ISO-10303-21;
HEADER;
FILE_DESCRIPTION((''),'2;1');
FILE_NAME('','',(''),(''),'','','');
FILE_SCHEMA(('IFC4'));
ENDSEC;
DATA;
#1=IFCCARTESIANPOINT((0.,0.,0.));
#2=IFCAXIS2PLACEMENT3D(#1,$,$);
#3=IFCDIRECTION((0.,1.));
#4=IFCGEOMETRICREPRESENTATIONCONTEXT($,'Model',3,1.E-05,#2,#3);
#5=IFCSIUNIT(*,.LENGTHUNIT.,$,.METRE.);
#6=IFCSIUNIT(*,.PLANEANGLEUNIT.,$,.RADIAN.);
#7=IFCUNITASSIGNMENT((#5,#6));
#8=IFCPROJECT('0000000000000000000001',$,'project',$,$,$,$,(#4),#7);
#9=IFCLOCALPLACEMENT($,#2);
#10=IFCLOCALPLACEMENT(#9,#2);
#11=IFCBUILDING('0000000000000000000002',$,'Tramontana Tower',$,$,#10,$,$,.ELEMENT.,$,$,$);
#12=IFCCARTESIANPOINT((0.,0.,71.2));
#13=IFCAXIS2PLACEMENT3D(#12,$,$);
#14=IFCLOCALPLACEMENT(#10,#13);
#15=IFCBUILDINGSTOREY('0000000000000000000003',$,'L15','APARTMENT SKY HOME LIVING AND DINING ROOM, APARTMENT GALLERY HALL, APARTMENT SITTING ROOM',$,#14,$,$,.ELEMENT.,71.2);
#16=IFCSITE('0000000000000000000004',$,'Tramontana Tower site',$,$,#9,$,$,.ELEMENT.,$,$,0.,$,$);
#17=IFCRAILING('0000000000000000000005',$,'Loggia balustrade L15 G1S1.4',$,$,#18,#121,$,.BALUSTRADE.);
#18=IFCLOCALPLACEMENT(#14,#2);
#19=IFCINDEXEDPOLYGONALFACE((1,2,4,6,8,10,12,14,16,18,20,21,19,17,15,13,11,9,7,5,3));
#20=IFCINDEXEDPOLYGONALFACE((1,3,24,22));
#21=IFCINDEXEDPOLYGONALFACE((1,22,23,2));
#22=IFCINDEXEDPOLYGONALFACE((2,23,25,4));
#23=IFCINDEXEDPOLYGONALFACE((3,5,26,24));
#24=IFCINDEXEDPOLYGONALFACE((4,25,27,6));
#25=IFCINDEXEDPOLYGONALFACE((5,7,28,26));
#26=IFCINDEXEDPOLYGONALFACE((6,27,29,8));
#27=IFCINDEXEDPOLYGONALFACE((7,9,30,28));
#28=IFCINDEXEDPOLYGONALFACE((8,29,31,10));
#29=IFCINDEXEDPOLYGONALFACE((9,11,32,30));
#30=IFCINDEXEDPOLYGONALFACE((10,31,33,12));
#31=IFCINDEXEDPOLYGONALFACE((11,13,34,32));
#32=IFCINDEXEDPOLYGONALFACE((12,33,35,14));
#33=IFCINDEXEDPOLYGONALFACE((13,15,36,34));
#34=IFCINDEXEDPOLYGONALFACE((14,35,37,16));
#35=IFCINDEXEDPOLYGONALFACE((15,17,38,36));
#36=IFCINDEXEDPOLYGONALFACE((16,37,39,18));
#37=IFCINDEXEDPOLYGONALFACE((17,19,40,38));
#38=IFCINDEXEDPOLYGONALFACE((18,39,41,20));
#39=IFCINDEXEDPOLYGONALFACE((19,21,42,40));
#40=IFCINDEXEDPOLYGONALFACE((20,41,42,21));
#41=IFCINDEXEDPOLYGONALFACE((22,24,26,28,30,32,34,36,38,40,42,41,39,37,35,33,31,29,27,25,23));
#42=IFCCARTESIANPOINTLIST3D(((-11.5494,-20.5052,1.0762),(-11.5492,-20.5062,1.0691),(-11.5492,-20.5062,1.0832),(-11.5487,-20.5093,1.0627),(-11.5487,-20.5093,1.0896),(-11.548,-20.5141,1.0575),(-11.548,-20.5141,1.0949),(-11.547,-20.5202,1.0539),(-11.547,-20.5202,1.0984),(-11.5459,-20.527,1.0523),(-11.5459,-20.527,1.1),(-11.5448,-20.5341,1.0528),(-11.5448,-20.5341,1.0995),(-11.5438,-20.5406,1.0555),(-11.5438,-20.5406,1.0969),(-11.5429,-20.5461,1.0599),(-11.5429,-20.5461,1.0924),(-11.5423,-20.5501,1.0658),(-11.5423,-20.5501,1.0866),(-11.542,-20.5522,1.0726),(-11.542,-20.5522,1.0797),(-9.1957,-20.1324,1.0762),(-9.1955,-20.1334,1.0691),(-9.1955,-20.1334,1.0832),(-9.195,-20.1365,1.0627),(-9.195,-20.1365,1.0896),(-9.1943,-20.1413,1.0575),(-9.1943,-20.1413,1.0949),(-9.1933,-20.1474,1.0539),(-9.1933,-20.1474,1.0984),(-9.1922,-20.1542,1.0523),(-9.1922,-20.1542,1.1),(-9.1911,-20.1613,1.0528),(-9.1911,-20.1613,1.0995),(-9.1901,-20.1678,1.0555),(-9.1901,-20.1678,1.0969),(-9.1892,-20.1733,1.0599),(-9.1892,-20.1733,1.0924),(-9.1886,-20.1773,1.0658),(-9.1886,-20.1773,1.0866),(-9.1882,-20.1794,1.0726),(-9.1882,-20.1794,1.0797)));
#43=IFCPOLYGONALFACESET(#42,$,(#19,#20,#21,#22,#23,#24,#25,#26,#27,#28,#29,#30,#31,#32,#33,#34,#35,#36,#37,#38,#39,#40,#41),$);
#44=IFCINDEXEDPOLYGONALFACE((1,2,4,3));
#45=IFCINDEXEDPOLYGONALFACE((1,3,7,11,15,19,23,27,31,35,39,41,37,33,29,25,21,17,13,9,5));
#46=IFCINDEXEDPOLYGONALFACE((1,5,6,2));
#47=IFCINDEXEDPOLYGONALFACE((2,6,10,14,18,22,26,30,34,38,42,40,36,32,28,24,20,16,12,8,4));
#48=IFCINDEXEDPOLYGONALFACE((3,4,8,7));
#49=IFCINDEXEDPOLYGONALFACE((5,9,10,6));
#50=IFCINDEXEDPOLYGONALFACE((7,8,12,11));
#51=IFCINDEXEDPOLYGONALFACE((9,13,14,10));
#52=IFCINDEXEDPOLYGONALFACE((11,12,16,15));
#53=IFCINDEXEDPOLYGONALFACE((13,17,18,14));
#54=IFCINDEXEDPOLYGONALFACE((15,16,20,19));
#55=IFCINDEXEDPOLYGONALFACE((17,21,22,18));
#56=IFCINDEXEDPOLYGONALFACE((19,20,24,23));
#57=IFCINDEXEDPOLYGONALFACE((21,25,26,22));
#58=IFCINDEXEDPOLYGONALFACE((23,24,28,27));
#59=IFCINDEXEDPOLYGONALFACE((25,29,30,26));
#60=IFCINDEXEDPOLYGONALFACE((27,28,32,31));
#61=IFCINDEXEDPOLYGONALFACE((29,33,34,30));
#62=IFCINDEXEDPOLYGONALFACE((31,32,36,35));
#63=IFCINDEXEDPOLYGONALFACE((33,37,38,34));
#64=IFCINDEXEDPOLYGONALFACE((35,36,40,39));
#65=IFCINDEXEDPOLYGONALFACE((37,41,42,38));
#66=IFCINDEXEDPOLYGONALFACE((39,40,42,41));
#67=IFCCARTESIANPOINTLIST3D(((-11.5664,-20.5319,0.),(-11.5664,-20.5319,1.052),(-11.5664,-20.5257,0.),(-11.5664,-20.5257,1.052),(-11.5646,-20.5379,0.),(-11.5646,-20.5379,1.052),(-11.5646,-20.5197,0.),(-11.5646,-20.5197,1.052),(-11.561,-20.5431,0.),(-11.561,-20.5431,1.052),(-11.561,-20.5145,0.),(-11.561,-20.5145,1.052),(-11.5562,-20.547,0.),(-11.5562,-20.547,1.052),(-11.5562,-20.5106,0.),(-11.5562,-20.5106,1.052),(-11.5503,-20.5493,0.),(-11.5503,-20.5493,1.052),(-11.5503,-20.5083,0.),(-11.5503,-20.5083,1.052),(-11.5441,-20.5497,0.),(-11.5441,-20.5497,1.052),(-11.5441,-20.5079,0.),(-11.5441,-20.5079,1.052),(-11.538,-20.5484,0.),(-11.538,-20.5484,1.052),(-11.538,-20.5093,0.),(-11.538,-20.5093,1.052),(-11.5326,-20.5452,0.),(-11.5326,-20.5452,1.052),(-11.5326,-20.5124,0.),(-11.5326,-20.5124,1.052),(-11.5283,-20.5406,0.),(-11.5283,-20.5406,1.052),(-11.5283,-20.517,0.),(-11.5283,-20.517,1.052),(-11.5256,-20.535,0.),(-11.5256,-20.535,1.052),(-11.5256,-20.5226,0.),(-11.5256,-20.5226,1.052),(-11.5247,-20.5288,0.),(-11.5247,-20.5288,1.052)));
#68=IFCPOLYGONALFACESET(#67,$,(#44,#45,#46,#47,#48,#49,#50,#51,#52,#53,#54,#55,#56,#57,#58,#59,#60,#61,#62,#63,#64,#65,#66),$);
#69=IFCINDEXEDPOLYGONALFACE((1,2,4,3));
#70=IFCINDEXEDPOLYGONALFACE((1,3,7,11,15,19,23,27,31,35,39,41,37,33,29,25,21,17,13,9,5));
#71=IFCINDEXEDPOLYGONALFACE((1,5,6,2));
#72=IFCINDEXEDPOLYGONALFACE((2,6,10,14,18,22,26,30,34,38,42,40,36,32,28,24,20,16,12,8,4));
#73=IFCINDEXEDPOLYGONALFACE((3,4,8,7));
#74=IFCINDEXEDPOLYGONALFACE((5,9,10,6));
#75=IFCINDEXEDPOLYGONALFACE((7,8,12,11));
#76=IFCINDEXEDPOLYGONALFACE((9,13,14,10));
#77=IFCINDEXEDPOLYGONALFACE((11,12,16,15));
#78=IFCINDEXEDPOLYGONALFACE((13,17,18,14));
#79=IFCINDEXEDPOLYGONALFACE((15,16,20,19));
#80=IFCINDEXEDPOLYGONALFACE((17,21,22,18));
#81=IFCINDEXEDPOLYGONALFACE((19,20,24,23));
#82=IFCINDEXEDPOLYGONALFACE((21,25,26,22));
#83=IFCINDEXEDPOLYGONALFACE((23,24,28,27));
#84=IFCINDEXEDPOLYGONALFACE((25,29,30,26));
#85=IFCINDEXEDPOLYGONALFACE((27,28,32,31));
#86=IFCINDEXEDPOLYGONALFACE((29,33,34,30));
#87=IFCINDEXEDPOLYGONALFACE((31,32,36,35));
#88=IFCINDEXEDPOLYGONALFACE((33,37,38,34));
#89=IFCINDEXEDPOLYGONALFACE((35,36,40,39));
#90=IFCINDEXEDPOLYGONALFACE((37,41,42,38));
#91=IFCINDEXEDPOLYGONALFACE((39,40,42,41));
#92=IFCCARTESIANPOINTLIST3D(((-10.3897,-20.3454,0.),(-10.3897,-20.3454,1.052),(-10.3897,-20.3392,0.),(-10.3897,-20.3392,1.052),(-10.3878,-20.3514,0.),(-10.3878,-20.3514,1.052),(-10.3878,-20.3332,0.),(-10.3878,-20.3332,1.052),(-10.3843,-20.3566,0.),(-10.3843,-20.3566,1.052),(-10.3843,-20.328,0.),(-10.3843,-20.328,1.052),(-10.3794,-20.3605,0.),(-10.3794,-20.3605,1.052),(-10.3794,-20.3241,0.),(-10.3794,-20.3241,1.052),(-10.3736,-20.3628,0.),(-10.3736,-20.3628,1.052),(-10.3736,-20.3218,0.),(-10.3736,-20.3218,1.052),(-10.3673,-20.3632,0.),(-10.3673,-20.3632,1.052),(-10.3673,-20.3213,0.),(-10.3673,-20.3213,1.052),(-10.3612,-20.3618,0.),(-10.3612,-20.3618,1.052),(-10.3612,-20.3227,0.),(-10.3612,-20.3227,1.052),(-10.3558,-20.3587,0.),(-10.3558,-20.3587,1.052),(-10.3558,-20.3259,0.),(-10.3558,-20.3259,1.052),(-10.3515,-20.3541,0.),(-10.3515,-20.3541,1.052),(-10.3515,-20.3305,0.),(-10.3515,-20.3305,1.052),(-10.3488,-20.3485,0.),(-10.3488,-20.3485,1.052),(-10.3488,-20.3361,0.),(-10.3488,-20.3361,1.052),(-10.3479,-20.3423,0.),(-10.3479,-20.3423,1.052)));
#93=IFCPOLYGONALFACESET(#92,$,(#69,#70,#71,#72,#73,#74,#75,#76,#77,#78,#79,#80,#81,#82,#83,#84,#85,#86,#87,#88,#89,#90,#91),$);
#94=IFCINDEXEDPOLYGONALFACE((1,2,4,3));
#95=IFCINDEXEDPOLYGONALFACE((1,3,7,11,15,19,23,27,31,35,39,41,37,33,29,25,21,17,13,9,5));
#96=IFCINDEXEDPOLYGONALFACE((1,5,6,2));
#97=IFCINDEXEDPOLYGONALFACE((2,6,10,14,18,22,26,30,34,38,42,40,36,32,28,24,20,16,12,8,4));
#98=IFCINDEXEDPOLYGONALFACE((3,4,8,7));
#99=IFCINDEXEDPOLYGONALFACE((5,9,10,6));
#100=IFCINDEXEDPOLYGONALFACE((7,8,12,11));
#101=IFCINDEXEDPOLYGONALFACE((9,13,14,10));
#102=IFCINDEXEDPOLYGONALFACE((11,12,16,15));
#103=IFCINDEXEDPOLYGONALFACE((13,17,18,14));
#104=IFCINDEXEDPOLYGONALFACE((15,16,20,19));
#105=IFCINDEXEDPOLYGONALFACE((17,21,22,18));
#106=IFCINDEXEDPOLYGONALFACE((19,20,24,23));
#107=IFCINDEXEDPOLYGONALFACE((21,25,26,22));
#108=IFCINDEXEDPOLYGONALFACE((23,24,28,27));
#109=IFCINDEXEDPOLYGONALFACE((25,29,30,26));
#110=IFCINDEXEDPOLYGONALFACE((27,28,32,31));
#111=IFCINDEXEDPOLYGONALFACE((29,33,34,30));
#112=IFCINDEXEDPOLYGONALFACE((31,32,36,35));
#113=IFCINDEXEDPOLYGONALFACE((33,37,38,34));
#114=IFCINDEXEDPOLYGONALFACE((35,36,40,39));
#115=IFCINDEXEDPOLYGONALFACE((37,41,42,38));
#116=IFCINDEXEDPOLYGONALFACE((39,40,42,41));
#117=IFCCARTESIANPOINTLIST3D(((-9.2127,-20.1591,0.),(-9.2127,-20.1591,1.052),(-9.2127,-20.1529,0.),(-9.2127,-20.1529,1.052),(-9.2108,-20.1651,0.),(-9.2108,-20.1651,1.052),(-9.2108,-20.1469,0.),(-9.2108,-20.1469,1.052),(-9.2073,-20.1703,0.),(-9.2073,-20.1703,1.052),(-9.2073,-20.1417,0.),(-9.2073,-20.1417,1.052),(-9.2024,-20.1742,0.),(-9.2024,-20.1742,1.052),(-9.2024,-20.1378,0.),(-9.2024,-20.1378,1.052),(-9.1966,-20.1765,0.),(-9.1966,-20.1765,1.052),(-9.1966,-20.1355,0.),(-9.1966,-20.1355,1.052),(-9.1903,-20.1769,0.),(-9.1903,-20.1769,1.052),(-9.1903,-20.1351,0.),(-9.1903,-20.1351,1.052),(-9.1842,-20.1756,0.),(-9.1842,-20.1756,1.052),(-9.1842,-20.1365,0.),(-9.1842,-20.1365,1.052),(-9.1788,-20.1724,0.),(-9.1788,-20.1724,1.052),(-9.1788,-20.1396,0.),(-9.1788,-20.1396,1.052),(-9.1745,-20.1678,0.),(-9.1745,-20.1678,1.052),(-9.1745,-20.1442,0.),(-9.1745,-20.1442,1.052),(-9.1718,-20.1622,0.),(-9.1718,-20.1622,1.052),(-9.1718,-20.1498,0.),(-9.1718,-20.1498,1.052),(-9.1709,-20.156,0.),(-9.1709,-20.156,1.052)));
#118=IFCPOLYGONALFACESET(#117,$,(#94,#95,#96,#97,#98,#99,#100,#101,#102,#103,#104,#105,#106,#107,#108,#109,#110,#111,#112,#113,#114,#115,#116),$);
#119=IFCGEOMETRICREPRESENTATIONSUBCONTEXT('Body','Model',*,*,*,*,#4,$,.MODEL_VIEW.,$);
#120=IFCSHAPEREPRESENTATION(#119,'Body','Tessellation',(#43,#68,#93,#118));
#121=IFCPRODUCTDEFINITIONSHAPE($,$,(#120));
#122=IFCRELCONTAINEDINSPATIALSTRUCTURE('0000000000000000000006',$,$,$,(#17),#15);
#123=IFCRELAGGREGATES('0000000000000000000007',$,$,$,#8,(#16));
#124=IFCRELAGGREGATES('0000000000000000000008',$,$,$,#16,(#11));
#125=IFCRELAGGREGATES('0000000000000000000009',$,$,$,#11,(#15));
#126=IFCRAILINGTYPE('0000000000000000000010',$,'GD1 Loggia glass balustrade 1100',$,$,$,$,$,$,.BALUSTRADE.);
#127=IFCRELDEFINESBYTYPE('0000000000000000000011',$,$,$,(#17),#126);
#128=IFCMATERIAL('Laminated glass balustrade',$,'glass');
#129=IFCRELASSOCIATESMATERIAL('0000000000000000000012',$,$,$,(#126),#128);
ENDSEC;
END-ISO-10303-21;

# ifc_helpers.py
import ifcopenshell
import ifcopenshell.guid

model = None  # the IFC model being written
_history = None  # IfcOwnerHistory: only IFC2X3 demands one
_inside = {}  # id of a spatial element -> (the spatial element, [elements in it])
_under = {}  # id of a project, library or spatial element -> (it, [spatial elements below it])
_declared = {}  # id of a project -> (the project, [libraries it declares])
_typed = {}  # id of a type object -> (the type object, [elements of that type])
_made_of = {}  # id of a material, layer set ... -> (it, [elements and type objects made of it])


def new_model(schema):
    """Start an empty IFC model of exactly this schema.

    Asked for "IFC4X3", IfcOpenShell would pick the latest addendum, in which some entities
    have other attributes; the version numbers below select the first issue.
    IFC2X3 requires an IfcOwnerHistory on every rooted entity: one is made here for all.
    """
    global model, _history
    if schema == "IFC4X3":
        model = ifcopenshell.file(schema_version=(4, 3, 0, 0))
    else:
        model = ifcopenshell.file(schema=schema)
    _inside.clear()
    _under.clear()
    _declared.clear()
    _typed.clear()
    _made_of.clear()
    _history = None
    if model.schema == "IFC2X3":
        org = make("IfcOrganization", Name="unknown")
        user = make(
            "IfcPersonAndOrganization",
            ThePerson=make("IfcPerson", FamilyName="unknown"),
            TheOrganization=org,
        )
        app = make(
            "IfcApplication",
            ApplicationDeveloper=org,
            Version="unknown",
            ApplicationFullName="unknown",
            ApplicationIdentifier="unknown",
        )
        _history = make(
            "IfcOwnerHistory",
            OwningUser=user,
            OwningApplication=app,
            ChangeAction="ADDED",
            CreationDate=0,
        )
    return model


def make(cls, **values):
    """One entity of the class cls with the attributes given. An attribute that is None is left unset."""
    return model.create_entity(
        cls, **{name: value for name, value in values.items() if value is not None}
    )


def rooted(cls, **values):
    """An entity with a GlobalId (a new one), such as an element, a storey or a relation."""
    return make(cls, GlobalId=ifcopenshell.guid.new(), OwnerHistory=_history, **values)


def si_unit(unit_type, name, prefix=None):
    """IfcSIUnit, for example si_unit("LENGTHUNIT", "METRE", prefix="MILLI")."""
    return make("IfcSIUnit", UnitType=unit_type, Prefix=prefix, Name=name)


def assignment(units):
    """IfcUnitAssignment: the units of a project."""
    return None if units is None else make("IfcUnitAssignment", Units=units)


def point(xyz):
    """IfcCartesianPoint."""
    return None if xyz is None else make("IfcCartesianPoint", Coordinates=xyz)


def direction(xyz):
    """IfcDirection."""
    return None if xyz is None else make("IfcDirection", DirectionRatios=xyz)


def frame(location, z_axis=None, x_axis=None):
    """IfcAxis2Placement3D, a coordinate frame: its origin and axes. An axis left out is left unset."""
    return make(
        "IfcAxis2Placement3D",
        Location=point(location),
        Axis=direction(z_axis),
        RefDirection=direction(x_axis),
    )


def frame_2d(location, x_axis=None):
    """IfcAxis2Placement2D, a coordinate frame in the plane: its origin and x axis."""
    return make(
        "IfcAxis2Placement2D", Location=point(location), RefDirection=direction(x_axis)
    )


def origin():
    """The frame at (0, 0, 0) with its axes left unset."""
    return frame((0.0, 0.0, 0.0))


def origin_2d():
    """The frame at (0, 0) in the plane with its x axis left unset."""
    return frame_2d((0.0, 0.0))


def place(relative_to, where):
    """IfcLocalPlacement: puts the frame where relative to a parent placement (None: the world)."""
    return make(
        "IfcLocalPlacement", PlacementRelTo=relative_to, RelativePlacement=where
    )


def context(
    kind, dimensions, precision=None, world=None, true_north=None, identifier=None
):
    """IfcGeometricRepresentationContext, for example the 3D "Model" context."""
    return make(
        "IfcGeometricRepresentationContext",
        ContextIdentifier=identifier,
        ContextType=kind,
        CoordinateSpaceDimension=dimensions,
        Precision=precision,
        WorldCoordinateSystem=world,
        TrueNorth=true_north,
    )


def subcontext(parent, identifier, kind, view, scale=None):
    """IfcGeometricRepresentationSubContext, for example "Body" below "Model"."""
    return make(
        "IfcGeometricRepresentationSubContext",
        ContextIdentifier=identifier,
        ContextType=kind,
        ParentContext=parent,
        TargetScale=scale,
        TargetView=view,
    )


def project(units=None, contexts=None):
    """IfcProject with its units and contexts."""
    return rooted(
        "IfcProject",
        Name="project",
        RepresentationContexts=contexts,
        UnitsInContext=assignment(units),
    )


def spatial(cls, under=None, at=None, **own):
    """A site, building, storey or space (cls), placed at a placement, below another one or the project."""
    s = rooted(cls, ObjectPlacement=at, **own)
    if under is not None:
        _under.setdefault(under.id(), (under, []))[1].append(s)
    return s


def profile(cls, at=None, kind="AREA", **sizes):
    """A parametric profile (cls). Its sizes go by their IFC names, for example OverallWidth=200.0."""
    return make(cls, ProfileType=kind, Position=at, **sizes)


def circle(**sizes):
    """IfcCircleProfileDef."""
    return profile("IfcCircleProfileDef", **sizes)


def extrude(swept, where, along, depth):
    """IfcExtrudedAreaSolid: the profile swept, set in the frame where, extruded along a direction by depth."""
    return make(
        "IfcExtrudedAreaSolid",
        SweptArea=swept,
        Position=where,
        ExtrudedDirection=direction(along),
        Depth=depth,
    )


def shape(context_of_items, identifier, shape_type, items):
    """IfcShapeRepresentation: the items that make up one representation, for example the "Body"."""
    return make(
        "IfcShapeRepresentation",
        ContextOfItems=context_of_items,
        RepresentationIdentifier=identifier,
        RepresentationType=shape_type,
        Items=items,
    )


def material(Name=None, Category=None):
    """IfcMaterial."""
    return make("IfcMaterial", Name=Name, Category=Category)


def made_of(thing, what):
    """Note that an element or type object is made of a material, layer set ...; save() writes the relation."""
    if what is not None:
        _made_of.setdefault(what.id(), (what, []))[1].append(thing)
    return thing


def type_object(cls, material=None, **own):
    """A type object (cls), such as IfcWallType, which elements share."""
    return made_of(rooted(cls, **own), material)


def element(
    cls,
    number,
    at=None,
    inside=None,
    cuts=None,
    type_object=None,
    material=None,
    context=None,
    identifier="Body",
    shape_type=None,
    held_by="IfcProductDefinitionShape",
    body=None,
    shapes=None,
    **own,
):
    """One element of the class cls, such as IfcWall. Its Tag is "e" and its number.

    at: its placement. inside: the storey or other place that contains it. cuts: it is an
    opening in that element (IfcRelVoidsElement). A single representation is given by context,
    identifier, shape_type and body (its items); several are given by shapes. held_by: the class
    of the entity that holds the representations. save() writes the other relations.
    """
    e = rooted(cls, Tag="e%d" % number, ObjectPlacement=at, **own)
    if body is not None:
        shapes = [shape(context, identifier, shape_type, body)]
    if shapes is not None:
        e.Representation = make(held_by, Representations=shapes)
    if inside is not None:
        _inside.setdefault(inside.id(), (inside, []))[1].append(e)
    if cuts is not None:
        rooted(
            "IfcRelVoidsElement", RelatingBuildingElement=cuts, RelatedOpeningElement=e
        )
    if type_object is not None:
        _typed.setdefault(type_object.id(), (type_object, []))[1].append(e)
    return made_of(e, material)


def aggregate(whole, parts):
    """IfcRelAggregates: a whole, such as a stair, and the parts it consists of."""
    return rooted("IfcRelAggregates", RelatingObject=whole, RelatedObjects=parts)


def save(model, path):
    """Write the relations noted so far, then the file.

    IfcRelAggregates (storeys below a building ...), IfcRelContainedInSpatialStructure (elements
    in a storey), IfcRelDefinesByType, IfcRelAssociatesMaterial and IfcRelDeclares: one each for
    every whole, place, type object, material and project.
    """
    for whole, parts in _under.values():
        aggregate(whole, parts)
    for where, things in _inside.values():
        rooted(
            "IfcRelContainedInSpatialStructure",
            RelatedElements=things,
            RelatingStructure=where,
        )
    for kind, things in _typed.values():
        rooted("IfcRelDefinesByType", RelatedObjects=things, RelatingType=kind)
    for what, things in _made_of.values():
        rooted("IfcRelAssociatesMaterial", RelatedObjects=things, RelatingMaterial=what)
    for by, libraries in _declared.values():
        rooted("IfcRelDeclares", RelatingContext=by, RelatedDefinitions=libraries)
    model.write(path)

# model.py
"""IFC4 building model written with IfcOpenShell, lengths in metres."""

from ifc_helpers import new_model, si_unit, direction, frame, origin, origin_2d, place, context, subcontext, project, spatial, circle, extrude, material, type_object, element, save


model = new_model("IFC4")

# Units and contexts
model_context = context("Model", 3, precision=1e-05, world=origin(), true_north=direction((0.0, 1.0)))
body_context = subcontext(model_context, "Body", "Model", "MODEL_VIEW")
ifc_project = project(units=[si_unit("LENGTHUNIT", "METRE"), si_unit("PLANEANGLEUNIT", "RADIAN")], contexts=[model_context])

# Site, building, storey
site_placement = place(None, origin())
site = spatial("IfcSite", under=ifc_project, at=site_placement, Name="Tramontana Tower site", CompositionType="ELEMENT", RefElevation=0.0)
building_placement = place(site_placement, origin())
building = spatial("IfcBuilding", under=site, at=building_placement, Name="Tramontana Tower", CompositionType="ELEMENT")
storey_placement = place(building_placement, frame((0.0, 0.0, 71.2)))
storey = spatial("IfcBuildingStorey", under=building, at=storey_placement, Name="L15", Description="APARTMENT SKY HOME LIVING AND DINING ROOM, APARTMENT GALLERY HALL, APARTMENT SITTING ROOM", CompositionType="ELEMENT", Elevation=71.2)

# Railing
ifc_material_1 = material(Name="Laminated glass balustrade", Category="glass")
railing_type = type_object("IfcRailingType", Name="GD1 Loggia glass balustrade 1100", PredefinedType="BALUSTRADE", material=ifc_material_1)
railing_1_placement = place(storey_placement, frame((-11.5457, -20.5288, 0.0)))
element("IfcRailing", 1, at=railing_1_placement, inside=storey, type_object=railing_type, Name="Loggia balustrade L15 G1S1.4", PredefinedType="BALUSTRADE", context=body_context, shape_type="SweptSolid", body=[
    extrude(circle(Radius=0.0239, at=origin_2d()), frame((0.0, 0.0, 1.0762), z_axis=(0.987688, 0.156436, 0.0), x_axis=(-0.156436, 0.987688, 0.0)), (0.0, 0.0, 1.0), 2.3831),
    extrude(circle(Radius=0.021, at=origin_2d()), origin(), (0.0, 0.0, 1.0), 1.052),
    extrude(circle(Radius=0.021, at=origin_2d()), frame((1.1768, 0.1865, 0.0)), (0.0, 0.0, 1.0), 1.052),
    extrude(circle(Radius=0.021, at=origin_2d()), frame((2.3538, 0.3728, 0.0)), (0.0, 0.0, 1.0), 1.052),
])

save(model, "model.ifc")
